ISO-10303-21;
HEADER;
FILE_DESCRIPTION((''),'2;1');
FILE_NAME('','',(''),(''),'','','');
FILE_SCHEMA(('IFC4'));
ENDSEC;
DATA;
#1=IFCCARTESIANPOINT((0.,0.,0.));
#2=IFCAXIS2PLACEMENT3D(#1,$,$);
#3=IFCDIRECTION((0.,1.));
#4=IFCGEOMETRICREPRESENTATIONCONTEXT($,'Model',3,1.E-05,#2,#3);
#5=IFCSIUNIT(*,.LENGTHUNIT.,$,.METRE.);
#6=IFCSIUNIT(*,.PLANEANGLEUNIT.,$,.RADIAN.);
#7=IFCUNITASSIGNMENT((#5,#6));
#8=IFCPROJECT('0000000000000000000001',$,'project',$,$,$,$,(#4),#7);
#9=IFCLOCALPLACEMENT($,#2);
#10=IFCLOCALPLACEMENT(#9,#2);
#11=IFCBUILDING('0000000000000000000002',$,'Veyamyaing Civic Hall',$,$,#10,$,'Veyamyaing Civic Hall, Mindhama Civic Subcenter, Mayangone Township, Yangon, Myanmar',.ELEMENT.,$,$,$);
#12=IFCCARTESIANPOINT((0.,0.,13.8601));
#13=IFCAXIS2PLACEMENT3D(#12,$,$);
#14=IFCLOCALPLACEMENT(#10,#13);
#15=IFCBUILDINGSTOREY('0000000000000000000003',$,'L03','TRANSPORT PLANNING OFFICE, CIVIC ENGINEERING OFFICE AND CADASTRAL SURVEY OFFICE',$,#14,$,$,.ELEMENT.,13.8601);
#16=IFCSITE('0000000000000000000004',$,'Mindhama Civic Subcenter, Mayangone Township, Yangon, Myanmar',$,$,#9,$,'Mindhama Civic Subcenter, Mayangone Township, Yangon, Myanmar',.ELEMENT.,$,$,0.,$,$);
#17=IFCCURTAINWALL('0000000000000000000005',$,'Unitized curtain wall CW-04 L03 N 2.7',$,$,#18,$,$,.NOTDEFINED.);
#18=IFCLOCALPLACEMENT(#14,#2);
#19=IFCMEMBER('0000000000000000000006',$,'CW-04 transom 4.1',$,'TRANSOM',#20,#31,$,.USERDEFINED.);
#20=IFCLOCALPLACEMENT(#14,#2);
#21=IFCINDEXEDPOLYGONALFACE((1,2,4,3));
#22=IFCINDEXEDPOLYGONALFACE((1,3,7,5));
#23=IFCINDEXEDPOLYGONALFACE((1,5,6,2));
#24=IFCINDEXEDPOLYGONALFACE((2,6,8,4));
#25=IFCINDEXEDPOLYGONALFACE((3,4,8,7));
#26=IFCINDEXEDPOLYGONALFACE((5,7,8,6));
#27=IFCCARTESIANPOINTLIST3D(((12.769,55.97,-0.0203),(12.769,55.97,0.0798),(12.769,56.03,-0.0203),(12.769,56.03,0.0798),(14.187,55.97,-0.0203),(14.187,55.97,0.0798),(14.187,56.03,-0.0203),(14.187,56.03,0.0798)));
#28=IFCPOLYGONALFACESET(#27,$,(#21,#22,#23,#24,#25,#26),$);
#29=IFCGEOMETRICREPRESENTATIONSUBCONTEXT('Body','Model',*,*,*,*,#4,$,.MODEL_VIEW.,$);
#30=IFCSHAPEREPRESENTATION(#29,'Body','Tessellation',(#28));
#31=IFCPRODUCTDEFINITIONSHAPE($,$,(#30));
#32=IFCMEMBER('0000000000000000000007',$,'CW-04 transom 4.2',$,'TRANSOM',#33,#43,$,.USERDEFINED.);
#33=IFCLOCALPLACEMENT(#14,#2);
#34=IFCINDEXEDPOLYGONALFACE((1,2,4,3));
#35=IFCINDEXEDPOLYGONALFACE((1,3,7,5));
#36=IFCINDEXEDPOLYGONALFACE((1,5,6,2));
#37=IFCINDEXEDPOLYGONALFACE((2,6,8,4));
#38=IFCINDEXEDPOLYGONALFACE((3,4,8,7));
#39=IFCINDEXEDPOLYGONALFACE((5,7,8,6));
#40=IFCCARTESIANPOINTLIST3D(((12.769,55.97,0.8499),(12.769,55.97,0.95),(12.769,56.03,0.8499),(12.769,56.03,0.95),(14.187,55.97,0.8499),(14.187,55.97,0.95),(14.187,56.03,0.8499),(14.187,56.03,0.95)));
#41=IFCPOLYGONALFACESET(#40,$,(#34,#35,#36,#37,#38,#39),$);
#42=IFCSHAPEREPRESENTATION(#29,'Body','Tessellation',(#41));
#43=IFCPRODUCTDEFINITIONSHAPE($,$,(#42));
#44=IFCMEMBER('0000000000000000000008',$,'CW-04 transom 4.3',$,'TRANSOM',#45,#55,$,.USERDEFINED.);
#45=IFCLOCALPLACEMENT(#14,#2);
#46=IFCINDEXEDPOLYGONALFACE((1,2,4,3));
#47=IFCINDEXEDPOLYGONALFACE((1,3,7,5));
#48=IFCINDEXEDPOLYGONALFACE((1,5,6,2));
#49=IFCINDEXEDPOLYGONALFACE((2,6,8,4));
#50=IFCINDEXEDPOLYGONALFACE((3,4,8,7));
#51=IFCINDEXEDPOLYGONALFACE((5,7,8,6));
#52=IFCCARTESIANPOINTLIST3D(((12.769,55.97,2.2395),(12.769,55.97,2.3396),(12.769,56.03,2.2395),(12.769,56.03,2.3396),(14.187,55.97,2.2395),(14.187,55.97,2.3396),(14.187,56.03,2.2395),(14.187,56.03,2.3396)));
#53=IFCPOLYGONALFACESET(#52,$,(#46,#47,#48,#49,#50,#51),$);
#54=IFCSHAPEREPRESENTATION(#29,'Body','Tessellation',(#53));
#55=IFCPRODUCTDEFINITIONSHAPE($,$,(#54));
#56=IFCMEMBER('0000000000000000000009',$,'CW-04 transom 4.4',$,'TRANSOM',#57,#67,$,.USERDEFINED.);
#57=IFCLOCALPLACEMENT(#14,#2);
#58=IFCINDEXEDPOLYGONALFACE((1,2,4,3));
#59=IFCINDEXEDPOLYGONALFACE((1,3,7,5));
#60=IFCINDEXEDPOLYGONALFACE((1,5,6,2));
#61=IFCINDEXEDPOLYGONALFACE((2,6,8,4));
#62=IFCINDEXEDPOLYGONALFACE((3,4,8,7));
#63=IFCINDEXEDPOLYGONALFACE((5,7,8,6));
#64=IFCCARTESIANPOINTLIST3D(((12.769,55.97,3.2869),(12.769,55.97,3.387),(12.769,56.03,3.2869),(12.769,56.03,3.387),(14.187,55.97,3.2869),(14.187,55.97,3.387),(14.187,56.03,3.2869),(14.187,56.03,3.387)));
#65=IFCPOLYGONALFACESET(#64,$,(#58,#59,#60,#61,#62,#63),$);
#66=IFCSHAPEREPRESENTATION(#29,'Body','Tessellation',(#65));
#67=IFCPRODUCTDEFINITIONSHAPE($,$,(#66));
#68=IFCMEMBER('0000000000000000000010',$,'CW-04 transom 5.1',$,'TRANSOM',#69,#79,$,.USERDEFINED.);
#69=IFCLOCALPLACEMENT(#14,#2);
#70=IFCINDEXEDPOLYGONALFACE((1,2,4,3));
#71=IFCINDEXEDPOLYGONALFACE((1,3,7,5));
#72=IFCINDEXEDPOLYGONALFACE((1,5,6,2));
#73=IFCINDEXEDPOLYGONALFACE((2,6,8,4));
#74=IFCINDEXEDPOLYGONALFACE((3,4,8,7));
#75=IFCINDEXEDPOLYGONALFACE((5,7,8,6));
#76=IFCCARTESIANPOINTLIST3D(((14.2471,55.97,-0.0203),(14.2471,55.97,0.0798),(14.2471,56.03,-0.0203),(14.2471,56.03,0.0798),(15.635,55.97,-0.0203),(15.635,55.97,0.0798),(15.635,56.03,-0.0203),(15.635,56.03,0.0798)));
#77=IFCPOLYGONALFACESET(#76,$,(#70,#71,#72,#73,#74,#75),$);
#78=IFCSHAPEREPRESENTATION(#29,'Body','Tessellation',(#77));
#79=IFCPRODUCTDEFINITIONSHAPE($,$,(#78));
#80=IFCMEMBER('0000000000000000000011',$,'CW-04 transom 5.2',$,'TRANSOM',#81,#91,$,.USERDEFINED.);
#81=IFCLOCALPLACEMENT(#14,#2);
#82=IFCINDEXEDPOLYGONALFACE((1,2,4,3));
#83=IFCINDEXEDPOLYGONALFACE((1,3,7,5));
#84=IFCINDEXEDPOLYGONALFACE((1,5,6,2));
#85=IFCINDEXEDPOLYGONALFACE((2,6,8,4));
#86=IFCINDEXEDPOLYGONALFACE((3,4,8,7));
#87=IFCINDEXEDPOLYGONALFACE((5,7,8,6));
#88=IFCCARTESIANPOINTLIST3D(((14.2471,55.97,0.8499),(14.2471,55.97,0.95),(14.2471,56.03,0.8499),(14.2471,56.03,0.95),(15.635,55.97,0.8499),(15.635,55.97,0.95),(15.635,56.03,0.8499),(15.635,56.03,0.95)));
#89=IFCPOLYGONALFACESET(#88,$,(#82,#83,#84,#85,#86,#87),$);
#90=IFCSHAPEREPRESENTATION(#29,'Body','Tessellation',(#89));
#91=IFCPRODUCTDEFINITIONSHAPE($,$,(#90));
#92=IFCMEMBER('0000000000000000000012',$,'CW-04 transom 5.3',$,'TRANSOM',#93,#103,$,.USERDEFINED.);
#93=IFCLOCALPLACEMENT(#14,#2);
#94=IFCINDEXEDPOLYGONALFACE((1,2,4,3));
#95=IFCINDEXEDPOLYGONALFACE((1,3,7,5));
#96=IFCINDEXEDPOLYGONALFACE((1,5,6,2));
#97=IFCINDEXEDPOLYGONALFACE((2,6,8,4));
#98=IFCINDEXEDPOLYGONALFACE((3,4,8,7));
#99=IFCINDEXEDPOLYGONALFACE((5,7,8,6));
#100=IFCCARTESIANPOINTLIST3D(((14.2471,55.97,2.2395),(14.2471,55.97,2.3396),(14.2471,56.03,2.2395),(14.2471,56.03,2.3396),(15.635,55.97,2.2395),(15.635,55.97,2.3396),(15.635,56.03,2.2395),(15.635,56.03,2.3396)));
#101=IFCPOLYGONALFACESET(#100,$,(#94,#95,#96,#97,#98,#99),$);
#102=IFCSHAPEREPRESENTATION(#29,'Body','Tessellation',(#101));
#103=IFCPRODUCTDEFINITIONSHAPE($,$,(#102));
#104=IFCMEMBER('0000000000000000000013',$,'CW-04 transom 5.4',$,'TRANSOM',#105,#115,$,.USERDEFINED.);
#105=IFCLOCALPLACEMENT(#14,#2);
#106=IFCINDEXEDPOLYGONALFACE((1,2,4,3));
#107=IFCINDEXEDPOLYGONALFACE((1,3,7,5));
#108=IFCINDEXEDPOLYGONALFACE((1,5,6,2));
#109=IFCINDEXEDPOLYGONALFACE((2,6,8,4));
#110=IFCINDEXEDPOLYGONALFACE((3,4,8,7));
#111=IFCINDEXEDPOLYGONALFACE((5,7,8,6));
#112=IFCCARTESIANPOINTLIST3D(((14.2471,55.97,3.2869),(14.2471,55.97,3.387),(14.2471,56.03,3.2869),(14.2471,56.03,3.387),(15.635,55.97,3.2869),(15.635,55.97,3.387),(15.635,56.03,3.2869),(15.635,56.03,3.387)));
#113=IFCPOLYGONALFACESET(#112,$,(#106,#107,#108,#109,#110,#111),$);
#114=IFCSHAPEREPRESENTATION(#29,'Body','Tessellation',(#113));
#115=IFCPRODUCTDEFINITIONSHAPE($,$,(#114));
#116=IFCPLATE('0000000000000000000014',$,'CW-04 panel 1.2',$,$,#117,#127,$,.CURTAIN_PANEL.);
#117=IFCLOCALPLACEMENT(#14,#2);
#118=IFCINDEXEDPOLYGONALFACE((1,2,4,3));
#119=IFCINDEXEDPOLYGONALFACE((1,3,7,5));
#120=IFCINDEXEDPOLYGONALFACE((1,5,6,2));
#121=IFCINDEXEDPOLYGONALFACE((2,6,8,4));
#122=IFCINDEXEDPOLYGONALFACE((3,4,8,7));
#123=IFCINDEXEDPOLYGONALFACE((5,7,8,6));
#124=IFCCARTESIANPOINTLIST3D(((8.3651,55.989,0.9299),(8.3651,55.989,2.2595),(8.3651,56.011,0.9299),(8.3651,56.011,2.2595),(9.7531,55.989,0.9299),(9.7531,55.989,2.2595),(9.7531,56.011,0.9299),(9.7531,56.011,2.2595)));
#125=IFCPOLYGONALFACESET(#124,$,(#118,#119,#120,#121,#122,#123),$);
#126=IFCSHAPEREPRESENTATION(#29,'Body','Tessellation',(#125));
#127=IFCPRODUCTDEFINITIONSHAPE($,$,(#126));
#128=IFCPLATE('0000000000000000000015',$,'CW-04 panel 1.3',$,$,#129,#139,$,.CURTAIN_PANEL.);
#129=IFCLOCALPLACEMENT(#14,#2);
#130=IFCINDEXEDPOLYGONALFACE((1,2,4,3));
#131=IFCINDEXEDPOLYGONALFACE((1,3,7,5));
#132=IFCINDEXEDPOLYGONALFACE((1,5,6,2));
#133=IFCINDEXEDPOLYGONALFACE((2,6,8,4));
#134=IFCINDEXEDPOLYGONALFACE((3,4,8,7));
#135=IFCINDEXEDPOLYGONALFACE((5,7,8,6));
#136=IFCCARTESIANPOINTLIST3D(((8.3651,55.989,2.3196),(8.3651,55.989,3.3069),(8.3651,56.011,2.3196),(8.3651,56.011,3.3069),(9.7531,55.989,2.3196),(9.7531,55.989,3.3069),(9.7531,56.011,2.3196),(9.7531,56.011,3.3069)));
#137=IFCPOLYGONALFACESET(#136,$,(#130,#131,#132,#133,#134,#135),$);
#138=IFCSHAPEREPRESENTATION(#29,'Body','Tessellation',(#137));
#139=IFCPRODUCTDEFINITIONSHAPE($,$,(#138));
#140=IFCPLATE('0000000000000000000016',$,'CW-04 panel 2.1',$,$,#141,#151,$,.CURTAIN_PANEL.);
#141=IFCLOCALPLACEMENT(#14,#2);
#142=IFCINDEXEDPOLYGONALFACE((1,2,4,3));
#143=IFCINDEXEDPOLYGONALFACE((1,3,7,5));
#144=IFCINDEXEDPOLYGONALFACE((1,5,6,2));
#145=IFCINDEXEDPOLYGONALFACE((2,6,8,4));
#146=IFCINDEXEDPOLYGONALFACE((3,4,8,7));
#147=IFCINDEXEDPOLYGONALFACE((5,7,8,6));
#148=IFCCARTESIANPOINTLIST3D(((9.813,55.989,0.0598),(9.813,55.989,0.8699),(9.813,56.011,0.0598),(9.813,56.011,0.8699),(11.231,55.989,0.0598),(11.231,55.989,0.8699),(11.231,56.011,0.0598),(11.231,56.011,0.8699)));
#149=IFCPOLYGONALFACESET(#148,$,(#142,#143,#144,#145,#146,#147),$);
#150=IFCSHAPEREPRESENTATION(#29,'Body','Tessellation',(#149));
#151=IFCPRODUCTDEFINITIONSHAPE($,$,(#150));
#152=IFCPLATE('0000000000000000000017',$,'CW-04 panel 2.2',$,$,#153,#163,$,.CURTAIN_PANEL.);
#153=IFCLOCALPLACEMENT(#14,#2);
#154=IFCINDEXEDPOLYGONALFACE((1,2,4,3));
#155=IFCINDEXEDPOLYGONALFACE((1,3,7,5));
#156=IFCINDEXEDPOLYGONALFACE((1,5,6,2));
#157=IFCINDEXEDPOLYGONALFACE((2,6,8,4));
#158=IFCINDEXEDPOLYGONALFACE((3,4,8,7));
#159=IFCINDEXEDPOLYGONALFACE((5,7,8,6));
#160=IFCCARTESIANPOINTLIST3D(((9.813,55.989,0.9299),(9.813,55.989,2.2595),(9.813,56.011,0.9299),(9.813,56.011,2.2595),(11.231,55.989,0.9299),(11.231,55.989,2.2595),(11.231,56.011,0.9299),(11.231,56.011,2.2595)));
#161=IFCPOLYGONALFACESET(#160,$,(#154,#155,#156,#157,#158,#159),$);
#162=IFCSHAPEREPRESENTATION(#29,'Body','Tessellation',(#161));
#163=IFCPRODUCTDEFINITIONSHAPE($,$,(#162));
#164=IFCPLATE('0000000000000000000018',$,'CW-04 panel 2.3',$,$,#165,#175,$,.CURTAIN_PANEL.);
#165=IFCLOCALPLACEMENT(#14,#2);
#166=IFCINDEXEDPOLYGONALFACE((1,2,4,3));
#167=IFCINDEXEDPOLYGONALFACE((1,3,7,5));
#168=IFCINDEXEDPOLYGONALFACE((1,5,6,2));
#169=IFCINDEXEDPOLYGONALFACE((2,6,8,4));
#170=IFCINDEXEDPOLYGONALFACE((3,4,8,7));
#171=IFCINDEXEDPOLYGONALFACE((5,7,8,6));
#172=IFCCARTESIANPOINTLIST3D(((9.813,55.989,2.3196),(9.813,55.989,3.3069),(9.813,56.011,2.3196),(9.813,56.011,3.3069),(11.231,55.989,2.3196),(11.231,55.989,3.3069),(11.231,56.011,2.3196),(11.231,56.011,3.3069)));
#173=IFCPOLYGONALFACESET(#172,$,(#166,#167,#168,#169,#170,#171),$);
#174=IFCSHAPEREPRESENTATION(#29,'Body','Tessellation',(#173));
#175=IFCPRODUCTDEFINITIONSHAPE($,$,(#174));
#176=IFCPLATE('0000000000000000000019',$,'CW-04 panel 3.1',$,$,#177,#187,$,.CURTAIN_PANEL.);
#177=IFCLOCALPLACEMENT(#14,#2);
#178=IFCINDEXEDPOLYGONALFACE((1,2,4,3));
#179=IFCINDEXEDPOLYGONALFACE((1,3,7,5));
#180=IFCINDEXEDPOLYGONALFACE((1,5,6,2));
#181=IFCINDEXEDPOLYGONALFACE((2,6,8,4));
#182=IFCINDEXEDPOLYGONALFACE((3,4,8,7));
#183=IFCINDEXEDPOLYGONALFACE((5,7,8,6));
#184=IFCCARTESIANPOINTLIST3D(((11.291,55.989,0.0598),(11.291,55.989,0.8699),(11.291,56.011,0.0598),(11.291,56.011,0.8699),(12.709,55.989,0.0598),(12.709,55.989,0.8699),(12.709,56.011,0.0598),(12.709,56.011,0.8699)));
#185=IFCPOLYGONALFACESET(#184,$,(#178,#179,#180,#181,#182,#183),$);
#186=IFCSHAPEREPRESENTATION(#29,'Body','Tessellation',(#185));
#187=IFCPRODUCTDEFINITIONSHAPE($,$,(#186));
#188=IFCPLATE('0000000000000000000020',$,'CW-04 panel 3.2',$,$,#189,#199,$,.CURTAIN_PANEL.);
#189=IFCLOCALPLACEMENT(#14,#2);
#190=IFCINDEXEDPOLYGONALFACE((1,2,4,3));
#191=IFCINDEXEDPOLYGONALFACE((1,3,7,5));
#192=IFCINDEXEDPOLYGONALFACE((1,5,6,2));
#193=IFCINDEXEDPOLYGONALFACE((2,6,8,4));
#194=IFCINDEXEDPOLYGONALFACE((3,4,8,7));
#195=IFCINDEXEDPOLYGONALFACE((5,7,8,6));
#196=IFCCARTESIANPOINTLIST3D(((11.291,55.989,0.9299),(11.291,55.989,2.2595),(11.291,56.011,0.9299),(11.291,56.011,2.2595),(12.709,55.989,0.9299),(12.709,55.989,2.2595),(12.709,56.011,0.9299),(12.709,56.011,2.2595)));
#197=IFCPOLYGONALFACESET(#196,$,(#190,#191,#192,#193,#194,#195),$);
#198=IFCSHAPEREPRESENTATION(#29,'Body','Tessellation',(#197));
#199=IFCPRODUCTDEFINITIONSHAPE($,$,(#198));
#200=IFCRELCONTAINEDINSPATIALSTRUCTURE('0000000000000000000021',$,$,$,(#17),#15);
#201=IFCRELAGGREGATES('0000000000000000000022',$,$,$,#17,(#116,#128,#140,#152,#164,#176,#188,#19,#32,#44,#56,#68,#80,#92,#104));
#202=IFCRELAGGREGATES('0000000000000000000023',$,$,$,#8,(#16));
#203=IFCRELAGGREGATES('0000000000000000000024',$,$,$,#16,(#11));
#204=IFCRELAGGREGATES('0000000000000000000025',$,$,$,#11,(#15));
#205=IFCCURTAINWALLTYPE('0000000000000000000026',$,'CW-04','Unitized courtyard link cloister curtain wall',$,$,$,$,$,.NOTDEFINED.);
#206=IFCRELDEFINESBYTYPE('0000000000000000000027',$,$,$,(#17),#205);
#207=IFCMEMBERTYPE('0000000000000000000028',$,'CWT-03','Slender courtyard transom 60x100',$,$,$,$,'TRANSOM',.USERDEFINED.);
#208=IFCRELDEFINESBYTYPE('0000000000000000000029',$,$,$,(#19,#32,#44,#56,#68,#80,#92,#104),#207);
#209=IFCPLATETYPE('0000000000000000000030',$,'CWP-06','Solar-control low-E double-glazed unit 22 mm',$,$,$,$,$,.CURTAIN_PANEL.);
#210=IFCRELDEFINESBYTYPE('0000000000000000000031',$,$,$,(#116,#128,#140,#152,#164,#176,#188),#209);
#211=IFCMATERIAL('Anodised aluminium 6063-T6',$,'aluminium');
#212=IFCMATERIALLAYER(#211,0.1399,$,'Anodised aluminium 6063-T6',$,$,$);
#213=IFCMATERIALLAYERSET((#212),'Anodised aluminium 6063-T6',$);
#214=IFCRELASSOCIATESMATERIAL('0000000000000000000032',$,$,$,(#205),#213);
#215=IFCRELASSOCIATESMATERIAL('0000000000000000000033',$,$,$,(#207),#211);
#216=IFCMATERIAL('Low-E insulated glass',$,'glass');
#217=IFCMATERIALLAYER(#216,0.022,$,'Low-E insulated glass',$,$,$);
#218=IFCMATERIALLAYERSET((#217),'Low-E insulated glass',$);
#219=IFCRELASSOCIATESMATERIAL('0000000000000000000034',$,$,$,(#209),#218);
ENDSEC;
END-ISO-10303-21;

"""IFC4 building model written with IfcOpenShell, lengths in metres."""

from ifc_helpers import new_model, si_unit, direction, frame, origin, origin_2d, place, context, subcontext, project, spatial, rectangle, extrude, material, layer, layer_set, material_profile, profile_set, type_object, element, aggregate, save


model = new_model("IFC4")

# Units and contexts
model_context = context("Model", 3, precision=1e-05, world=origin(), true_north=direction((0.0, 1.0)))
body_context = subcontext(model_context, "Body", "Model", "MODEL_VIEW")
ifc_project = project(units=[si_unit("LENGTHUNIT", "METRE"), si_unit("PLANEANGLEUNIT", "RADIAN")], contexts=[model_context])

# Site, building, storey
site_placement = place(None, origin())
site = spatial("IfcSite", under=ifc_project, at=site_placement, Name="Mindhama Civic Subcenter, Mayangone Township, Yangon, Myanmar", LongName="Mindhama Civic Subcenter, Mayangone Township, Yangon, Myanmar", CompositionType="ELEMENT", RefElevation=0.0)
building_placement = place(site_placement, origin())
building = spatial("IfcBuilding", under=site, at=building_placement, Name="Veyamyaing Civic Hall", LongName="Veyamyaing Civic Hall, Mindhama Civic Subcenter, Mayangone Township, Yangon, Myanmar", CompositionType="ELEMENT")
storey_placement = place(building_placement, frame((0.0, 0.0, 13.8601)))
storey = spatial("IfcBuildingStorey", under=building, at=storey_placement, Name="L03", Description="TRANSPORT PLANNING OFFICE, CIVIC ENGINEERING OFFICE AND CADASTRAL SURVEY OFFICE", CompositionType="ELEMENT", Elevation=13.8601)

# Curtain wall, members, plates
ifc_material_1 = material(Name="Anodised aluminium 6063-T6", Category="aluminium")
ifc_layer_1 = layer(ifc_material_1, 0.1399, Name="Anodised aluminium 6063-T6")
ifc_layer_set_1 = layer_set([ifc_layer_1], Name="Anodised aluminium 6063-T6")
curtain_wall_type = type_object("IfcCurtainWallType", Name="CW-04", Description="Unitized courtyard link cloister curtain wall", PredefinedType="NOTDEFINED", material=ifc_layer_set_1)
curtain_wall_placement = place(storey_placement, origin())
curtain_wall = element("IfcCurtainWall", 1, at=curtain_wall_placement, inside=storey, type_object=curtain_wall_type, Name="Unitized curtain wall CW-04 L03 N 2.7", PredefinedType="NOTDEFINED")
ifc_material_profile_1 = material_profile(ifc_material_1, rectangle(XDim=0.0601, YDim=0.1001, at=origin_2d()), Name="ALU-TRN-60X100")
ifc_profile_set_1 = profile_set([ifc_material_profile_1], Name="Anodised aluminium 6063-T6")
member_type_1 = type_object("IfcMemberType", Name="CWT-03", Description="Slender courtyard transom 60x100", ElementType="TRANSOM", PredefinedType="USERDEFINED", material=ifc_profile_set_1)
member_1_placement = place(storey_placement, frame((12.769, 56.0, 0.0298), z_axis=(1.0, 0.0, 0.0), x_axis=(0.0, 1.0, 0.0)))
member_1 = element("IfcMember", 2, at=member_1_placement, type_object=member_type_1, Name="CW-04 transom 4.1", ObjectType="TRANSOM", PredefinedType="USERDEFINED", context=body_context, shape_type="SweptSolid", body=[
    extrude(rectangle(XDim=0.0601, YDim=0.1001, at=origin_2d()), origin(), (0.0, 0.0, 1.0), 1.418),
])
member_2_placement = place(storey_placement, frame((12.769, 56.0, 0.8999), z_axis=(1.0, 0.0, 0.0), x_axis=(0.0, 1.0, 0.0)))
member_2 = element("IfcMember", 3, at=member_2_placement, type_object=member_type_1, Name="CW-04 transom 4.2", ObjectType="TRANSOM", PredefinedType="USERDEFINED", context=body_context, shape_type="SweptSolid", body=[
    extrude(rectangle(XDim=0.0601, YDim=0.1001, at=origin_2d()), origin(), (0.0, 0.0, 1.0), 1.418),
])
member_3_placement = place(storey_placement, frame((12.769, 56.0, 2.2896), z_axis=(1.0, 0.0, 0.0), x_axis=(0.0, 1.0, 0.0)))
member_3 = element("IfcMember", 4, at=member_3_placement, type_object=member_type_1, Name="CW-04 transom 4.3", ObjectType="TRANSOM", PredefinedType="USERDEFINED", context=body_context, shape_type="SweptSolid", body=[
    extrude(rectangle(XDim=0.0601, YDim=0.1001, at=origin_2d()), origin(), (0.0, 0.0, 1.0), 1.418),
])
member_4_placement = place(storey_placement, frame((12.769, 56.0, 3.3369), z_axis=(1.0, 0.0, 0.0), x_axis=(0.0, 1.0, 0.0)))
member_4 = element("IfcMember", 5, at=member_4_placement, type_object=member_type_1, Name="CW-04 transom 4.4", ObjectType="TRANSOM", PredefinedType="USERDEFINED", context=body_context, shape_type="SweptSolid", body=[
    extrude(rectangle(XDim=0.0601, YDim=0.1001, at=origin_2d()), origin(), (0.0, 0.0, 1.0), 1.418),
])
member_5_placement = place(storey_placement, frame((14.2471, 56.0, 0.0298), z_axis=(1.0, 0.0, 0.0), x_axis=(0.0, 1.0, 0.0)))
member_5 = element("IfcMember", 6, at=member_5_placement, type_object=member_type_1, Name="CW-04 transom 5.1", ObjectType="TRANSOM", PredefinedType="USERDEFINED", context=body_context, shape_type="SweptSolid", body=[
    extrude(rectangle(XDim=0.0601, YDim=0.1001, at=origin_2d()), origin(), (0.0, 0.0, 1.0), 1.3879),
])
member_6_placement = place(storey_placement, frame((14.2471, 56.0, 0.8999), z_axis=(1.0, 0.0, 0.0), x_axis=(0.0, 1.0, 0.0)))
member_6 = element("IfcMember", 7, at=member_6_placement, type_object=member_type_1, Name="CW-04 transom 5.2", ObjectType="TRANSOM", PredefinedType="USERDEFINED", context=body_context, shape_type="SweptSolid", body=[
    extrude(rectangle(XDim=0.0601, YDim=0.1001, at=origin_2d()), origin(), (0.0, 0.0, 1.0), 1.3879),
])
member_7_placement = place(storey_placement, frame((14.2471, 56.0, 2.2896), z_axis=(1.0, 0.0, 0.0), x_axis=(0.0, 1.0, 0.0)))
member_7 = element("IfcMember", 8, at=member_7_placement, type_object=member_type_1, Name="CW-04 transom 5.3", ObjectType="TRANSOM", PredefinedType="USERDEFINED", context=body_context, shape_type="SweptSolid", body=[
    extrude(rectangle(XDim=0.0601, YDim=0.1001, at=origin_2d()), origin(), (0.0, 0.0, 1.0), 1.3879),
])
member_8_placement = place(storey_placement, frame((14.2471, 56.0, 3.3369), z_axis=(1.0, 0.0, 0.0), x_axis=(0.0, 1.0, 0.0)))
member_8 = element("IfcMember", 9, at=member_8_placement, type_object=member_type_1, Name="CW-04 transom 5.4", ObjectType="TRANSOM", PredefinedType="USERDEFINED", context=body_context, shape_type="SweptSolid", body=[
    extrude(rectangle(XDim=0.0601, YDim=0.1001, at=origin_2d()), origin(), (0.0, 0.0, 1.0), 1.3879),
])
ifc_material_2 = material(Name="Low-E insulated glass", Category="glass")
ifc_layer_2 = layer(ifc_material_2, 0.022, Name="Low-E insulated glass")
ifc_layer_set_2 = layer_set([ifc_layer_2], Name="Low-E insulated glass")
plate_type = type_object("IfcPlateType", Name="CWP-06", Description="Solar-control low-E double-glazed unit 22 mm", PredefinedType="CURTAIN_PANEL", material=ifc_layer_set_2)
plate_1_placement = place(storey_placement, frame((9.0591, 56.0, 0.9299), z_axis=(0.0, 0.0, 1.0), x_axis=(1.0, 0.0, 0.0)))
plate_1 = element("IfcPlate", 10, at=plate_1_placement, type_object=plate_type, Name="CW-04 panel 1.2", PredefinedType="CURTAIN_PANEL", context=body_context, shape_type="SweptSolid", body=[
    extrude(rectangle(XDim=1.3879, YDim=0.022, at=origin_2d()), origin(), (0.0, 0.0, 1.0), 1.3296),
])
plate_2_placement = place(storey_placement, frame((9.0591, 56.0, 2.3196), z_axis=(0.0, 0.0, 1.0), x_axis=(1.0, 0.0, 0.0)))
plate_2 = element("IfcPlate", 11, at=plate_2_placement, type_object=plate_type, Name="CW-04 panel 1.3", PredefinedType="CURTAIN_PANEL", context=body_context, shape_type="SweptSolid", body=[
    extrude(rectangle(XDim=1.3879, YDim=0.022, at=origin_2d()), origin(), (0.0, 0.0, 1.0), 0.9873),
])
plate_3_placement = place(storey_placement, frame((10.522, 56.0, 0.0598), z_axis=(0.0, 0.0, 1.0), x_axis=(1.0, 0.0, 0.0)))
plate_3 = element("IfcPlate", 12, at=plate_3_placement, type_object=plate_type, Name="CW-04 panel 2.1", PredefinedType="CURTAIN_PANEL", context=body_context, shape_type="SweptSolid", body=[
    extrude(rectangle(XDim=1.418, YDim=0.022, at=origin_2d()), origin(), (0.0, 0.0, 1.0), 0.8101),
])
plate_4_placement = place(storey_placement, frame((10.522, 56.0, 0.9299), z_axis=(0.0, 0.0, 1.0), x_axis=(1.0, 0.0, 0.0)))
plate_4 = element("IfcPlate", 13, at=plate_4_placement, type_object=plate_type, Name="CW-04 panel 2.2", PredefinedType="CURTAIN_PANEL", context=body_context, shape_type="SweptSolid", body=[
    extrude(rectangle(XDim=1.418, YDim=0.022, at=origin_2d()), origin(), (0.0, 0.0, 1.0), 1.3296),
])
plate_5_placement = place(storey_placement, frame((10.522, 56.0, 2.3196), z_axis=(0.0, 0.0, 1.0), x_axis=(1.0, 0.0, 0.0)))
plate_5 = element("IfcPlate", 14, at=plate_5_placement, type_object=plate_type, Name="CW-04 panel 2.3", PredefinedType="CURTAIN_PANEL", context=body_context, shape_type="SweptSolid", body=[
    extrude(rectangle(XDim=1.418, YDim=0.022, at=origin_2d()), origin(), (0.0, 0.0, 1.0), 0.9873),
])
plate_6_placement = place(storey_placement, frame((12.0, 56.0, 0.0598), z_axis=(0.0, 0.0, 1.0), x_axis=(1.0, 0.0, 0.0)))
plate_6 = element("IfcPlate", 15, at=plate_6_placement, type_object=plate_type, Name="CW-04 panel 3.1", PredefinedType="CURTAIN_PANEL", context=body_context, shape_type="SweptSolid", body=[
    extrude(rectangle(XDim=1.418, YDim=0.022, at=origin_2d()), origin(), (0.0, 0.0, 1.0), 0.8101),
])
plate_7_placement = place(storey_placement, frame((12.0, 56.0, 0.9299), z_axis=(0.0, 0.0, 1.0), x_axis=(1.0, 0.0, 0.0)))
plate_7 = element("IfcPlate", 16, at=plate_7_placement, type_object=plate_type, Name="CW-04 panel 3.2", PredefinedType="CURTAIN_PANEL", context=body_context, shape_type="SweptSolid", body=[
    extrude(rectangle(XDim=1.418, YDim=0.022, at=origin_2d()), origin(), (0.0, 0.0, 1.0), 1.3296),
])
aggregate(curtain_wall, [plate_1, plate_2, plate_3, plate_4, plate_5, plate_6, plate_7, member_1, member_2, member_3, member_4, member_5, member_6, member_7, member_8])

save(model, "model.ifc")
